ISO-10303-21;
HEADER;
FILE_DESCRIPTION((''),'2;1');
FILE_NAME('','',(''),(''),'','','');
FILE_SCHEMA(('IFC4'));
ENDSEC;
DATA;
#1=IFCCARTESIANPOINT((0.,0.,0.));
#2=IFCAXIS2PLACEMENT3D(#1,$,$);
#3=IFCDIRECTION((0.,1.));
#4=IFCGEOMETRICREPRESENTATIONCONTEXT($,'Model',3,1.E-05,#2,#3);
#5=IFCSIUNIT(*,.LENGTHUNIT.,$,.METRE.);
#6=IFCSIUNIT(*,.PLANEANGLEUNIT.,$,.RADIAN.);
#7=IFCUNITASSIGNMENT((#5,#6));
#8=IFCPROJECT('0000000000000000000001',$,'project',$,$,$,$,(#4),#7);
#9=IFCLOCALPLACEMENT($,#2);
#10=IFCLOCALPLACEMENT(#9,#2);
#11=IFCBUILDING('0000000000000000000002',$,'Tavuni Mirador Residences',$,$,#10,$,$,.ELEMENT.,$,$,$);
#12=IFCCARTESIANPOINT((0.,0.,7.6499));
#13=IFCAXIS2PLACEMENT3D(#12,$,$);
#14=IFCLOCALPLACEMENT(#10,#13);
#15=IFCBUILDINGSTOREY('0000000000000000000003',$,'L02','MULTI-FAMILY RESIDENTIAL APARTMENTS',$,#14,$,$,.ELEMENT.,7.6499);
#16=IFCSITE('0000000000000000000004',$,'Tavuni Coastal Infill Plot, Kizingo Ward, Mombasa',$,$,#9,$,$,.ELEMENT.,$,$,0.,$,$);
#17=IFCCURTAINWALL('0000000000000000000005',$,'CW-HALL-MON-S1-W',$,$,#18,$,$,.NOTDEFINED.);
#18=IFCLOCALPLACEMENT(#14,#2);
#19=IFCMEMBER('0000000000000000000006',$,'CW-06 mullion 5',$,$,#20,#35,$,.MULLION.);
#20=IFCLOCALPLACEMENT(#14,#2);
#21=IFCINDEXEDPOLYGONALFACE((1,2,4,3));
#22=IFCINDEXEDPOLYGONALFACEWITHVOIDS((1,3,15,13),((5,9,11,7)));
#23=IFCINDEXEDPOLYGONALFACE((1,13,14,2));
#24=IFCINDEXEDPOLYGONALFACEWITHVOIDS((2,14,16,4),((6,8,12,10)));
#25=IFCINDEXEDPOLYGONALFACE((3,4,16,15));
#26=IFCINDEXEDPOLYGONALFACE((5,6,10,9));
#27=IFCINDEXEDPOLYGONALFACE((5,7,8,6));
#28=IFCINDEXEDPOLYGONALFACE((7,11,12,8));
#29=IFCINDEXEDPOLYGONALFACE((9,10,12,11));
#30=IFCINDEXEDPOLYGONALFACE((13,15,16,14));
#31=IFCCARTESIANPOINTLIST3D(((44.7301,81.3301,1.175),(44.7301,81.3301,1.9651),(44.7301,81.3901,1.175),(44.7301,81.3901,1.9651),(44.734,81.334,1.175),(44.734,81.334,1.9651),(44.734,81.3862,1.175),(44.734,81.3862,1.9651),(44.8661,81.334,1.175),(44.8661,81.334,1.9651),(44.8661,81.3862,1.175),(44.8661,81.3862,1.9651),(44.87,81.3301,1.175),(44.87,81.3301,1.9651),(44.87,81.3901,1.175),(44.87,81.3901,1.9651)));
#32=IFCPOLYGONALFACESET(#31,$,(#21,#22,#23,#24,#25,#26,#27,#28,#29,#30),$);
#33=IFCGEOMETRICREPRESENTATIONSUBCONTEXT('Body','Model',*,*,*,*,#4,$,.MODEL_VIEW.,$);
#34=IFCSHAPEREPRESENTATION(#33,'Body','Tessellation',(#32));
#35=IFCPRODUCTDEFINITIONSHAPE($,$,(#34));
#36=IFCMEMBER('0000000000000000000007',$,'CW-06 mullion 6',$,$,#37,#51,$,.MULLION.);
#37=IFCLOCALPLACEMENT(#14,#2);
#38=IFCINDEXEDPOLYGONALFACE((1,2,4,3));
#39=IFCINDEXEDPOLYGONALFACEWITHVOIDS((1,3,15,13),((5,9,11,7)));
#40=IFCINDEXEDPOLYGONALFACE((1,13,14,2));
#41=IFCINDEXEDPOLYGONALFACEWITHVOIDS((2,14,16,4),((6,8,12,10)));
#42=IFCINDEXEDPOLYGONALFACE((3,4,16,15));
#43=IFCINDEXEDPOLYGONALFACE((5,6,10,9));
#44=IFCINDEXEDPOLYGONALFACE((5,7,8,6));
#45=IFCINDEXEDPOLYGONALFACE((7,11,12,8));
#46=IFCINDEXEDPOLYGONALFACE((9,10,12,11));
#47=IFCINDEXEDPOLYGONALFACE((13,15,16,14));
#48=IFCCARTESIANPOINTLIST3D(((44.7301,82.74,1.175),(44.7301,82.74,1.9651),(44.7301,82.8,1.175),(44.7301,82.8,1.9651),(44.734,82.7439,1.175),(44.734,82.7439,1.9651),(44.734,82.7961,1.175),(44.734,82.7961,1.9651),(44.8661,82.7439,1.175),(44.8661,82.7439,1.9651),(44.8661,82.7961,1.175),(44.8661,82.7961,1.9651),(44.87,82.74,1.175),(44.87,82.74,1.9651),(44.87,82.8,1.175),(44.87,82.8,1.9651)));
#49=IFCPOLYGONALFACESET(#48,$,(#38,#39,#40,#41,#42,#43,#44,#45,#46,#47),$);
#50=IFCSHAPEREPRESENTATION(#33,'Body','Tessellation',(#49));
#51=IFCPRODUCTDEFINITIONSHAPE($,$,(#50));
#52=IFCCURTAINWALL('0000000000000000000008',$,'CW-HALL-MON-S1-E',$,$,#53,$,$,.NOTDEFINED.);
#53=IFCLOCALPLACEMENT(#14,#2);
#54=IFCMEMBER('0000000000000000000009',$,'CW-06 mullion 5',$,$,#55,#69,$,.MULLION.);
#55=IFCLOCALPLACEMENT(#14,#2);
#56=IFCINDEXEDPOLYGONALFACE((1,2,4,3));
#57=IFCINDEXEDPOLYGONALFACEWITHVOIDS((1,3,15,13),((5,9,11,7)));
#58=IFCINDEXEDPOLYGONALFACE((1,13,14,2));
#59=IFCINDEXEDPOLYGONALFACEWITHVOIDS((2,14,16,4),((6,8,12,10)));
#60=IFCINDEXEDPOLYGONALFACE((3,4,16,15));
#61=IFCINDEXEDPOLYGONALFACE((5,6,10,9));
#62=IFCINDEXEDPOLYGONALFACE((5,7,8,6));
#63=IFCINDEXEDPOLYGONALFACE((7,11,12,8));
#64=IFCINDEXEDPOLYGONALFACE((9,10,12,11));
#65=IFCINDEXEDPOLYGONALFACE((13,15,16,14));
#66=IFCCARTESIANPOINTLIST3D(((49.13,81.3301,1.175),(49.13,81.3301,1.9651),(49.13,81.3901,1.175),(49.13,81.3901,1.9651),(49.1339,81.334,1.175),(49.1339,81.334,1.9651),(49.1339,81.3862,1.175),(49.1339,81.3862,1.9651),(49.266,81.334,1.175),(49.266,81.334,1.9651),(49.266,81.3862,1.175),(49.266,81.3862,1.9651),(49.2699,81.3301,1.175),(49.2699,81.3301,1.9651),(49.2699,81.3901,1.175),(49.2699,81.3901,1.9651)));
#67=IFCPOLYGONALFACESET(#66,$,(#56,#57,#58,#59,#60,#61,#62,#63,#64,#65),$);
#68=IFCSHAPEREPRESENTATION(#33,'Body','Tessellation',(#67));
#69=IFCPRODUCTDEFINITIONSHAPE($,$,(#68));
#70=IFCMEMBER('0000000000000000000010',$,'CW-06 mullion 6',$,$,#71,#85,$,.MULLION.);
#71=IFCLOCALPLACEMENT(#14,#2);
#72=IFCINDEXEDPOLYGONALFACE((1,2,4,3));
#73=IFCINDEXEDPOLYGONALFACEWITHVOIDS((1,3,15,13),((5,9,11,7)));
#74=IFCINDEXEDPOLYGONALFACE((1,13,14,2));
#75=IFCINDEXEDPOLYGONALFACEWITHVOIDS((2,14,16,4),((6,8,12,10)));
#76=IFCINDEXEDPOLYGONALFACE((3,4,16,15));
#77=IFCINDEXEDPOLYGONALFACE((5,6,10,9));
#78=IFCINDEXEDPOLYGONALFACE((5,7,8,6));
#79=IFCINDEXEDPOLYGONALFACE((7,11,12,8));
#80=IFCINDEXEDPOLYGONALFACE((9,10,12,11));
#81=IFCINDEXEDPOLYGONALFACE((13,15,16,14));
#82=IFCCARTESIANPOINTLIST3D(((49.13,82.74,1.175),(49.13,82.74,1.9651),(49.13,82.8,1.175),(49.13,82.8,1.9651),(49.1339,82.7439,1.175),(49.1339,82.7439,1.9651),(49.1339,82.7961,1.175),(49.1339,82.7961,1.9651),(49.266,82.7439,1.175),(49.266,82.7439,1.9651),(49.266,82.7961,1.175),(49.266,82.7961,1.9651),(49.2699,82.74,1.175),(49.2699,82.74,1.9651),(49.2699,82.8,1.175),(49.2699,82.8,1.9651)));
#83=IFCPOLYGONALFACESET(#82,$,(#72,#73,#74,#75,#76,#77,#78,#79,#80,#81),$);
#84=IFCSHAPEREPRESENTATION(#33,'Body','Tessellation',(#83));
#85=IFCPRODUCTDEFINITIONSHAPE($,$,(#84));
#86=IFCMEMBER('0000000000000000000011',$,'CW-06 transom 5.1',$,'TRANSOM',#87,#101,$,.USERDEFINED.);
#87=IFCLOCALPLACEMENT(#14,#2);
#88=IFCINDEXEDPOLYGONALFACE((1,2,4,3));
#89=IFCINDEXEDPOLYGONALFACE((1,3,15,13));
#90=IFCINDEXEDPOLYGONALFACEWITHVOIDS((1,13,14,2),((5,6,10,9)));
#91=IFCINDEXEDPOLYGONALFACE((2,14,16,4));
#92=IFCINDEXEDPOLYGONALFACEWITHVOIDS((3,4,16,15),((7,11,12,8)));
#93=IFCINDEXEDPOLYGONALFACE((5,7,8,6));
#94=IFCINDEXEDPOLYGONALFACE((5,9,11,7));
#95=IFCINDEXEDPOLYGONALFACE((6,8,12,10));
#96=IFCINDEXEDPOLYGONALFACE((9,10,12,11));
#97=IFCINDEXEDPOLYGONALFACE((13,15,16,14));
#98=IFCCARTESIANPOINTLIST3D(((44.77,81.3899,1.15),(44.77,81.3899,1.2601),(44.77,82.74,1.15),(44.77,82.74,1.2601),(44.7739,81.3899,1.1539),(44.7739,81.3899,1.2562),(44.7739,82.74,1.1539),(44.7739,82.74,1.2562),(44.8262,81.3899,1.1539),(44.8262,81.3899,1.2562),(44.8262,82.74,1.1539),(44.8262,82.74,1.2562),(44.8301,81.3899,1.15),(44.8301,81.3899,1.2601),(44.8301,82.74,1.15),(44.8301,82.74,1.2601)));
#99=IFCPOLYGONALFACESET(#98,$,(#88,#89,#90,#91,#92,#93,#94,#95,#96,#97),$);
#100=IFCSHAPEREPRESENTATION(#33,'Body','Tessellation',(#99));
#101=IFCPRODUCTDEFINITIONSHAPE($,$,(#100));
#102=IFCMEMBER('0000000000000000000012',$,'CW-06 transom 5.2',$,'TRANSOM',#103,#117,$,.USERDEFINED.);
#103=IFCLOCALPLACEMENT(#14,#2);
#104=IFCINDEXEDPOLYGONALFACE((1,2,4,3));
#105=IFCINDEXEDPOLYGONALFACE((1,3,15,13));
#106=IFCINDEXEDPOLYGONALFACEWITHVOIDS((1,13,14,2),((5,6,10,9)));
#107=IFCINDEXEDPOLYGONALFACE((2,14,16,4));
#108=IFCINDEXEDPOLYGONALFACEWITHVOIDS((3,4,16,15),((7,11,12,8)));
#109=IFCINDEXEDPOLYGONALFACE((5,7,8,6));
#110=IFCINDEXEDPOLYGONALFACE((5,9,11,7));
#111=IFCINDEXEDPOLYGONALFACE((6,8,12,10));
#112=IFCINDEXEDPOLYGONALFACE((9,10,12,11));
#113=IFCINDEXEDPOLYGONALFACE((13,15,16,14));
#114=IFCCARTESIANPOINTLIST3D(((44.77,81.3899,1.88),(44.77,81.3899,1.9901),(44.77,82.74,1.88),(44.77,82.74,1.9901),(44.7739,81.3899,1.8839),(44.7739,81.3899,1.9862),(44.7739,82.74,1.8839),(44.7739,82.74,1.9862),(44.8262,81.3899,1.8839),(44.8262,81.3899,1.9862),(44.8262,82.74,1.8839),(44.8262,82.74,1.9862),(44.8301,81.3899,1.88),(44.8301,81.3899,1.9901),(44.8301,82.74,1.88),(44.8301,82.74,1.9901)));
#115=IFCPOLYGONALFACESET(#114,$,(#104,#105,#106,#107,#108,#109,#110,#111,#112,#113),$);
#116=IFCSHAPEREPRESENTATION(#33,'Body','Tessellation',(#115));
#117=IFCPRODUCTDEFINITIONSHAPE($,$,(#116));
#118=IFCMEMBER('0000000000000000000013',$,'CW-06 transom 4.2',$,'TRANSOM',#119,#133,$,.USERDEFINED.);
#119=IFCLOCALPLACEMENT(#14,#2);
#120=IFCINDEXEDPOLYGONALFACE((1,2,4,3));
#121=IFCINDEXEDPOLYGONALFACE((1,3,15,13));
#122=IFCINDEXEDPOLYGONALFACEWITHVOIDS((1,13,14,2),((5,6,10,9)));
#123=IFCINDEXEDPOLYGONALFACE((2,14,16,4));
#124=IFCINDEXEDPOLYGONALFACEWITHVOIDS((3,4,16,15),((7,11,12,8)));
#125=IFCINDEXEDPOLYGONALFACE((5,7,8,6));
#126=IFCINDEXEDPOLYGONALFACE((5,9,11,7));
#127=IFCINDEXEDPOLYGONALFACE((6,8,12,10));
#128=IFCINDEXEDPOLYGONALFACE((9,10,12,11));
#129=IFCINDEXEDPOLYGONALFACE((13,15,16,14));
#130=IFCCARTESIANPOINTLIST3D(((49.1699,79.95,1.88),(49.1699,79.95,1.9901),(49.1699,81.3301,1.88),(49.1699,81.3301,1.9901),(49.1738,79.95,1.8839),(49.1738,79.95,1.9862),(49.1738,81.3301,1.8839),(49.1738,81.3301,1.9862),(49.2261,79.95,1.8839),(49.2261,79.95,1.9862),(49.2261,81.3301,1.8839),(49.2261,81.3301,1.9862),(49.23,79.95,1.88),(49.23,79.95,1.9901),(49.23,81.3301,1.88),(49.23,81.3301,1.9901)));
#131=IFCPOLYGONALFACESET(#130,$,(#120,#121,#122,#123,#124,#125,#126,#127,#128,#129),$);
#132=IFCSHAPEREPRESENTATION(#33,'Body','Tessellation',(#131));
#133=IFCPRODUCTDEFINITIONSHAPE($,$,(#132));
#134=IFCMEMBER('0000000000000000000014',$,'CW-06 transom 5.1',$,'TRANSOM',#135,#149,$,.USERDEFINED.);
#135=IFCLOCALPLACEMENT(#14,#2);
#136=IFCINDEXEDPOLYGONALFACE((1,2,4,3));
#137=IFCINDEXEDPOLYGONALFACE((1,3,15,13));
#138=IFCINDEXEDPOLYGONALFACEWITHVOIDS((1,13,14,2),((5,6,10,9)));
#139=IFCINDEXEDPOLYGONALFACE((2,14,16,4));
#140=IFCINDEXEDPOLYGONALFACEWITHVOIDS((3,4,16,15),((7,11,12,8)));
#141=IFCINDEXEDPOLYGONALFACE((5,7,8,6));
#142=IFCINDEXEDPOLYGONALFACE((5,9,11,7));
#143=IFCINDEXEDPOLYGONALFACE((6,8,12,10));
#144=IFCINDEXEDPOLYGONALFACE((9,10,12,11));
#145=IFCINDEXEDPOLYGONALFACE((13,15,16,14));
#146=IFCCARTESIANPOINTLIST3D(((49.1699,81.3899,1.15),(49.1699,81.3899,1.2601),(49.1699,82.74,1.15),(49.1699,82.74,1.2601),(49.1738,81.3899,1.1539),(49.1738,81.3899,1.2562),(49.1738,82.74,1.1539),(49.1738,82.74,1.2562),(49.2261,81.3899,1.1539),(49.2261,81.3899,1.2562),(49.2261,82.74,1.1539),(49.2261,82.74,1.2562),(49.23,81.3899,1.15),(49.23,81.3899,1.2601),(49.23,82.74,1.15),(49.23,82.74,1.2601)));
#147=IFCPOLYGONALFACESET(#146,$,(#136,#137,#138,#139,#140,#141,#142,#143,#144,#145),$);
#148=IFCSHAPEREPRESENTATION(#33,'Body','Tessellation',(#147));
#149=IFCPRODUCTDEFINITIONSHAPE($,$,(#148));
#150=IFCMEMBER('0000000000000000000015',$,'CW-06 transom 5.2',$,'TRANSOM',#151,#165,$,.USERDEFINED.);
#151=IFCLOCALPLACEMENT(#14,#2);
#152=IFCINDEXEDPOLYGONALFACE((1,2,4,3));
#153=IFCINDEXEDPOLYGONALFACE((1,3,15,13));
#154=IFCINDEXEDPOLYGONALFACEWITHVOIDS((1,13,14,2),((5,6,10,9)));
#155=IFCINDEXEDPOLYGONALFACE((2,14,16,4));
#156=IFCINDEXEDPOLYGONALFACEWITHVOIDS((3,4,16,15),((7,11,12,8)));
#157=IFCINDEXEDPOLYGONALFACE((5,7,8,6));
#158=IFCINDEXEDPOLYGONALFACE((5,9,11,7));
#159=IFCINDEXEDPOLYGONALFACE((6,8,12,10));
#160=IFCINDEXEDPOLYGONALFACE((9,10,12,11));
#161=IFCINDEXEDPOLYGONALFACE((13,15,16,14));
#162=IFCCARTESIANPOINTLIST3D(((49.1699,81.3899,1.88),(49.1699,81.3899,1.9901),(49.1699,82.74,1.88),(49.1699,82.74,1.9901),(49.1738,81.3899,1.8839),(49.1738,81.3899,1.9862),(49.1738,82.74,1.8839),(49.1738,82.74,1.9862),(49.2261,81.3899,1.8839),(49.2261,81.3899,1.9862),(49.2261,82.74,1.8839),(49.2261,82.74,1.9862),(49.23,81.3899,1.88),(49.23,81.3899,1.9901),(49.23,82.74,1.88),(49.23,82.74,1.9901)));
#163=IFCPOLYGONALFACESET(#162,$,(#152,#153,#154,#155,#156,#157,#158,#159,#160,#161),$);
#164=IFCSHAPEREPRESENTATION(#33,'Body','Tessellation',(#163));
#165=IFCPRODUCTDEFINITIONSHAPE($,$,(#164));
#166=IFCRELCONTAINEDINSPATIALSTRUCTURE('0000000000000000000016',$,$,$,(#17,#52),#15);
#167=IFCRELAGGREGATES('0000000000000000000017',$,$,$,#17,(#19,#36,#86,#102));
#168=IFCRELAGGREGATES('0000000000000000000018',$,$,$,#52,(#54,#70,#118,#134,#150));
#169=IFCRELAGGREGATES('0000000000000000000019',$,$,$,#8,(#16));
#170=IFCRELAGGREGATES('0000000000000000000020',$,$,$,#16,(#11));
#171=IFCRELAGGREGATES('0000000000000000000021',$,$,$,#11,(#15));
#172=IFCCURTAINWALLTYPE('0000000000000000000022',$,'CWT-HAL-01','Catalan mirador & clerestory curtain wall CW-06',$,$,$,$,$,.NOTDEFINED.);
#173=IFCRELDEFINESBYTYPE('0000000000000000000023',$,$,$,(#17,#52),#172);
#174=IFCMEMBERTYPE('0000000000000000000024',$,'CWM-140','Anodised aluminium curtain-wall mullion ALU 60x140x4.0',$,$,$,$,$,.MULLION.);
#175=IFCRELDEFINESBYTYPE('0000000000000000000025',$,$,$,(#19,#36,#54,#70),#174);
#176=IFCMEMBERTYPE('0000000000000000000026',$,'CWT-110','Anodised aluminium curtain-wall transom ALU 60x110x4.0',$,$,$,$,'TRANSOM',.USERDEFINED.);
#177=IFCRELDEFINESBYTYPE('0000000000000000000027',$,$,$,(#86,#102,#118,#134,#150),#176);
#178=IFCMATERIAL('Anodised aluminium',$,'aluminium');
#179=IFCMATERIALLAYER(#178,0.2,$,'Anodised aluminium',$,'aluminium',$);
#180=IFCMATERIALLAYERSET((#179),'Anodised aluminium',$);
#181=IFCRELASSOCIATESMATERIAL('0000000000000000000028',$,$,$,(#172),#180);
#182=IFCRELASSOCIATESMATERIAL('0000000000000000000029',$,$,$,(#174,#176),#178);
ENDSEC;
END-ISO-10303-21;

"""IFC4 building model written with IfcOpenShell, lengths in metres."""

from ifc_helpers import new_model, si_unit, direction, frame, origin, origin_2d, place, context, subcontext, project, spatial, hollow_rectangle, extrude, material, layer, layer_set, material_profile, profile_set, type_object, element, aggregate, save


model = new_model("IFC4")

# Units and contexts
model_context = context("Model", 3, precision=1e-05, world=origin(), true_north=direction((0.0, 1.0)))
body_context = subcontext(model_context, "Body", "Model", "MODEL_VIEW")
ifc_project = project(units=[si_unit("LENGTHUNIT", "METRE"), si_unit("PLANEANGLEUNIT", "RADIAN")], contexts=[model_context])

# Site, building, storey
site_placement = place(None, origin())
site = spatial("IfcSite", under=ifc_project, at=site_placement, Name="Tavuni Coastal Infill Plot, Kizingo Ward, Mombasa", CompositionType="ELEMENT", RefElevation=0.0)
building_placement = place(site_placement, origin())
building = spatial("IfcBuilding", under=site, at=building_placement, Name="Tavuni Mirador Residences", CompositionType="ELEMENT")
storey_placement = place(building_placement, frame((0.0, 0.0, 7.6499)))
storey = spatial("IfcBuildingStorey", under=building, at=storey_placement, Name="L02", Description="MULTI-FAMILY RESIDENTIAL APARTMENTS", CompositionType="ELEMENT", Elevation=7.6499)

# Curtain walls, members
ifc_material_1 = material(Name="Anodised aluminium", Category="aluminium")
ifc_layer_1 = layer(ifc_material_1, 0.2, Name="Anodised aluminium", Category="aluminium")
ifc_layer_set_1 = layer_set([ifc_layer_1], Name="Anodised aluminium")
curtain_wall_type = type_object("IfcCurtainWallType", Name="CWT-HAL-01", Description="Catalan mirador & clerestory curtain wall CW-06", PredefinedType="NOTDEFINED", material=ifc_layer_set_1)
curtain_wall_1_placement = place(storey_placement, origin())
curtain_wall_1 = element("IfcCurtainWall", 1, at=curtain_wall_1_placement, inside=storey, type_object=curtain_wall_type, Name="CW-HALL-MON-S1-W", PredefinedType="NOTDEFINED")
ifc_material_profile_1 = material_profile(ifc_material_1, hollow_rectangle(XDim=0.0601, YDim=0.1399, WallThickness=0.0039, at=origin_2d()), Name="ALU 60x140x4.0", Category="aluminium")
ifc_profile_set_1 = profile_set([ifc_material_profile_1], Name="Anodised aluminium")
member_type_1 = type_object("IfcMemberType", Name="CWM-140", Description="Anodised aluminium curtain-wall mullion ALU 60x140x4.0", PredefinedType="MULLION", material=ifc_profile_set_1)
member_1_placement = place(storey_placement, frame((44.8, 81.3601, 1.175), z_axis=(0.0, 0.0, 1.0), x_axis=(0.0, 1.0, 0.0)))
member_1 = element("IfcMember", 2, at=member_1_placement, type_object=member_type_1, Name="CW-06 mullion 5", PredefinedType="MULLION", context=body_context, shape_type="SweptSolid", body=[
    extrude(hollow_rectangle(XDim=0.0601, YDim=0.1399, WallThickness=0.0039, at=origin_2d()), origin(), (0.0, 0.0, 1.0), 0.79),
])
member_2_placement = place(storey_placement, frame((44.8, 82.77, 1.175), z_axis=(0.0, 0.0, 1.0), x_axis=(0.0, 1.0, 0.0)))
member_2 = element("IfcMember", 3, at=member_2_placement, type_object=member_type_1, Name="CW-06 mullion 6", PredefinedType="MULLION", context=body_context, shape_type="SweptSolid", body=[
    extrude(hollow_rectangle(XDim=0.0601, YDim=0.1399, WallThickness=0.0039, at=origin_2d()), origin(), (0.0, 0.0, 1.0), 0.79),
])
curtain_wall_2_placement = place(storey_placement, origin())
curtain_wall_2 = element("IfcCurtainWall", 4, at=curtain_wall_2_placement, inside=storey, type_object=curtain_wall_type, Name="CW-HALL-MON-S1-E", PredefinedType="NOTDEFINED")
member_3_placement = place(storey_placement, frame((49.2, 81.3601, 1.175), z_axis=(0.0, 0.0, 1.0), x_axis=(0.0, 1.0, 0.0)))
member_3 = element("IfcMember", 5, at=member_3_placement, type_object=member_type_1, Name="CW-06 mullion 5", PredefinedType="MULLION", context=body_context, shape_type="SweptSolid", body=[
    extrude(hollow_rectangle(XDim=0.0601, YDim=0.1399, WallThickness=0.0039, at=origin_2d()), origin(), (0.0, 0.0, 1.0), 0.79),
])
member_4_placement = place(storey_placement, frame((49.2, 82.77, 1.175), z_axis=(0.0, 0.0, 1.0), x_axis=(0.0, 1.0, 0.0)))
member_4 = element("IfcMember", 6, at=member_4_placement, type_object=member_type_1, Name="CW-06 mullion 6", PredefinedType="MULLION", context=body_context, shape_type="SweptSolid", body=[
    extrude(hollow_rectangle(XDim=0.0601, YDim=0.1399, WallThickness=0.0039, at=origin_2d()), origin(), (0.0, 0.0, 1.0), 0.79),
])

# Members
ifc_material_profile_2 = material_profile(ifc_material_1, hollow_rectangle(XDim=0.0601, YDim=0.1101, WallThickness=0.0039, at=origin_2d()), Name="ALU 60x110x4.0", Category="aluminium")
ifc_profile_set_2 = profile_set([ifc_material_profile_2], Name="Anodised aluminium")
member_type_2 = type_object("IfcMemberType", Name="CWT-110", Description="Anodised aluminium curtain-wall transom ALU 60x110x4.0", ElementType="TRANSOM", PredefinedType="USERDEFINED", material=ifc_profile_set_2)
member_5_placement = place(storey_placement, frame((44.8, 81.3899, 1.2051), z_axis=(0.0, 1.0, 0.0), x_axis=(-1.0, 0.0, 0.0)))
member_5 = element("IfcMember", 7, at=member_5_placement, type_object=member_type_2, Name="CW-06 transom 5.1", ObjectType="TRANSOM", PredefinedType="USERDEFINED", context=body_context, shape_type="SweptSolid", body=[
    extrude(hollow_rectangle(XDim=0.0601, YDim=0.1101, WallThickness=0.0039, at=origin_2d()), origin(), (0.0, 0.0, 1.0), 1.3501),
])
member_6_placement = place(storey_placement, frame((44.8, 81.3899, 1.9351), z_axis=(0.0, 1.0, 0.0), x_axis=(-1.0, 0.0, 0.0)))
member_6 = element("IfcMember", 8, at=member_6_placement, type_object=member_type_2, Name="CW-06 transom 5.2", ObjectType="TRANSOM", PredefinedType="USERDEFINED", context=body_context, shape_type="SweptSolid", body=[
    extrude(hollow_rectangle(XDim=0.0601, YDim=0.1101, WallThickness=0.0039, at=origin_2d()), origin(), (0.0, 0.0, 1.0), 1.3501),
])
member_7_placement = place(storey_placement, frame((49.2, 79.95, 1.9351), z_axis=(0.0, 1.0, 0.0), x_axis=(-1.0, 0.0, 0.0)))
member_7 = element("IfcMember", 9, at=member_7_placement, type_object=member_type_2, Name="CW-06 transom 4.2", ObjectType="TRANSOM", PredefinedType="USERDEFINED", context=body_context, shape_type="SweptSolid", body=[
    extrude(hollow_rectangle(XDim=0.0601, YDim=0.1101, WallThickness=0.0039, at=origin_2d()), origin(), (0.0, 0.0, 1.0), 1.3801),
])
member_8_placement = place(storey_placement, frame((49.2, 81.3899, 1.2051), z_axis=(0.0, 1.0, 0.0), x_axis=(-1.0, 0.0, 0.0)))
member_8 = element("IfcMember", 10, at=member_8_placement, type_object=member_type_2, Name="CW-06 transom 5.1", ObjectType="TRANSOM", PredefinedType="USERDEFINED", context=body_context, shape_type="SweptSolid", body=[
    extrude(hollow_rectangle(XDim=0.0601, YDim=0.1101, WallThickness=0.0039, at=origin_2d()), origin(), (0.0, 0.0, 1.0), 1.3501),
])
member_9_placement = place(storey_placement, frame((49.2, 81.3899, 1.9351), z_axis=(0.0, 1.0, 0.0), x_axis=(-1.0, 0.0, 0.0)))
member_9 = element("IfcMember", 11, at=member_9_placement, type_object=member_type_2, Name="CW-06 transom 5.2", ObjectType="TRANSOM", PredefinedType="USERDEFINED", context=body_context, shape_type="SweptSolid", body=[
    extrude(hollow_rectangle(XDim=0.0601, YDim=0.1101, WallThickness=0.0039, at=origin_2d()), origin(), (0.0, 0.0, 1.0), 1.3501),
])

aggregate(curtain_wall_1, [member_1, member_2, member_5, member_6])
aggregate(curtain_wall_2, [member_3, member_4, member_7, member_8, member_9])

save(model, "model.ifc")
